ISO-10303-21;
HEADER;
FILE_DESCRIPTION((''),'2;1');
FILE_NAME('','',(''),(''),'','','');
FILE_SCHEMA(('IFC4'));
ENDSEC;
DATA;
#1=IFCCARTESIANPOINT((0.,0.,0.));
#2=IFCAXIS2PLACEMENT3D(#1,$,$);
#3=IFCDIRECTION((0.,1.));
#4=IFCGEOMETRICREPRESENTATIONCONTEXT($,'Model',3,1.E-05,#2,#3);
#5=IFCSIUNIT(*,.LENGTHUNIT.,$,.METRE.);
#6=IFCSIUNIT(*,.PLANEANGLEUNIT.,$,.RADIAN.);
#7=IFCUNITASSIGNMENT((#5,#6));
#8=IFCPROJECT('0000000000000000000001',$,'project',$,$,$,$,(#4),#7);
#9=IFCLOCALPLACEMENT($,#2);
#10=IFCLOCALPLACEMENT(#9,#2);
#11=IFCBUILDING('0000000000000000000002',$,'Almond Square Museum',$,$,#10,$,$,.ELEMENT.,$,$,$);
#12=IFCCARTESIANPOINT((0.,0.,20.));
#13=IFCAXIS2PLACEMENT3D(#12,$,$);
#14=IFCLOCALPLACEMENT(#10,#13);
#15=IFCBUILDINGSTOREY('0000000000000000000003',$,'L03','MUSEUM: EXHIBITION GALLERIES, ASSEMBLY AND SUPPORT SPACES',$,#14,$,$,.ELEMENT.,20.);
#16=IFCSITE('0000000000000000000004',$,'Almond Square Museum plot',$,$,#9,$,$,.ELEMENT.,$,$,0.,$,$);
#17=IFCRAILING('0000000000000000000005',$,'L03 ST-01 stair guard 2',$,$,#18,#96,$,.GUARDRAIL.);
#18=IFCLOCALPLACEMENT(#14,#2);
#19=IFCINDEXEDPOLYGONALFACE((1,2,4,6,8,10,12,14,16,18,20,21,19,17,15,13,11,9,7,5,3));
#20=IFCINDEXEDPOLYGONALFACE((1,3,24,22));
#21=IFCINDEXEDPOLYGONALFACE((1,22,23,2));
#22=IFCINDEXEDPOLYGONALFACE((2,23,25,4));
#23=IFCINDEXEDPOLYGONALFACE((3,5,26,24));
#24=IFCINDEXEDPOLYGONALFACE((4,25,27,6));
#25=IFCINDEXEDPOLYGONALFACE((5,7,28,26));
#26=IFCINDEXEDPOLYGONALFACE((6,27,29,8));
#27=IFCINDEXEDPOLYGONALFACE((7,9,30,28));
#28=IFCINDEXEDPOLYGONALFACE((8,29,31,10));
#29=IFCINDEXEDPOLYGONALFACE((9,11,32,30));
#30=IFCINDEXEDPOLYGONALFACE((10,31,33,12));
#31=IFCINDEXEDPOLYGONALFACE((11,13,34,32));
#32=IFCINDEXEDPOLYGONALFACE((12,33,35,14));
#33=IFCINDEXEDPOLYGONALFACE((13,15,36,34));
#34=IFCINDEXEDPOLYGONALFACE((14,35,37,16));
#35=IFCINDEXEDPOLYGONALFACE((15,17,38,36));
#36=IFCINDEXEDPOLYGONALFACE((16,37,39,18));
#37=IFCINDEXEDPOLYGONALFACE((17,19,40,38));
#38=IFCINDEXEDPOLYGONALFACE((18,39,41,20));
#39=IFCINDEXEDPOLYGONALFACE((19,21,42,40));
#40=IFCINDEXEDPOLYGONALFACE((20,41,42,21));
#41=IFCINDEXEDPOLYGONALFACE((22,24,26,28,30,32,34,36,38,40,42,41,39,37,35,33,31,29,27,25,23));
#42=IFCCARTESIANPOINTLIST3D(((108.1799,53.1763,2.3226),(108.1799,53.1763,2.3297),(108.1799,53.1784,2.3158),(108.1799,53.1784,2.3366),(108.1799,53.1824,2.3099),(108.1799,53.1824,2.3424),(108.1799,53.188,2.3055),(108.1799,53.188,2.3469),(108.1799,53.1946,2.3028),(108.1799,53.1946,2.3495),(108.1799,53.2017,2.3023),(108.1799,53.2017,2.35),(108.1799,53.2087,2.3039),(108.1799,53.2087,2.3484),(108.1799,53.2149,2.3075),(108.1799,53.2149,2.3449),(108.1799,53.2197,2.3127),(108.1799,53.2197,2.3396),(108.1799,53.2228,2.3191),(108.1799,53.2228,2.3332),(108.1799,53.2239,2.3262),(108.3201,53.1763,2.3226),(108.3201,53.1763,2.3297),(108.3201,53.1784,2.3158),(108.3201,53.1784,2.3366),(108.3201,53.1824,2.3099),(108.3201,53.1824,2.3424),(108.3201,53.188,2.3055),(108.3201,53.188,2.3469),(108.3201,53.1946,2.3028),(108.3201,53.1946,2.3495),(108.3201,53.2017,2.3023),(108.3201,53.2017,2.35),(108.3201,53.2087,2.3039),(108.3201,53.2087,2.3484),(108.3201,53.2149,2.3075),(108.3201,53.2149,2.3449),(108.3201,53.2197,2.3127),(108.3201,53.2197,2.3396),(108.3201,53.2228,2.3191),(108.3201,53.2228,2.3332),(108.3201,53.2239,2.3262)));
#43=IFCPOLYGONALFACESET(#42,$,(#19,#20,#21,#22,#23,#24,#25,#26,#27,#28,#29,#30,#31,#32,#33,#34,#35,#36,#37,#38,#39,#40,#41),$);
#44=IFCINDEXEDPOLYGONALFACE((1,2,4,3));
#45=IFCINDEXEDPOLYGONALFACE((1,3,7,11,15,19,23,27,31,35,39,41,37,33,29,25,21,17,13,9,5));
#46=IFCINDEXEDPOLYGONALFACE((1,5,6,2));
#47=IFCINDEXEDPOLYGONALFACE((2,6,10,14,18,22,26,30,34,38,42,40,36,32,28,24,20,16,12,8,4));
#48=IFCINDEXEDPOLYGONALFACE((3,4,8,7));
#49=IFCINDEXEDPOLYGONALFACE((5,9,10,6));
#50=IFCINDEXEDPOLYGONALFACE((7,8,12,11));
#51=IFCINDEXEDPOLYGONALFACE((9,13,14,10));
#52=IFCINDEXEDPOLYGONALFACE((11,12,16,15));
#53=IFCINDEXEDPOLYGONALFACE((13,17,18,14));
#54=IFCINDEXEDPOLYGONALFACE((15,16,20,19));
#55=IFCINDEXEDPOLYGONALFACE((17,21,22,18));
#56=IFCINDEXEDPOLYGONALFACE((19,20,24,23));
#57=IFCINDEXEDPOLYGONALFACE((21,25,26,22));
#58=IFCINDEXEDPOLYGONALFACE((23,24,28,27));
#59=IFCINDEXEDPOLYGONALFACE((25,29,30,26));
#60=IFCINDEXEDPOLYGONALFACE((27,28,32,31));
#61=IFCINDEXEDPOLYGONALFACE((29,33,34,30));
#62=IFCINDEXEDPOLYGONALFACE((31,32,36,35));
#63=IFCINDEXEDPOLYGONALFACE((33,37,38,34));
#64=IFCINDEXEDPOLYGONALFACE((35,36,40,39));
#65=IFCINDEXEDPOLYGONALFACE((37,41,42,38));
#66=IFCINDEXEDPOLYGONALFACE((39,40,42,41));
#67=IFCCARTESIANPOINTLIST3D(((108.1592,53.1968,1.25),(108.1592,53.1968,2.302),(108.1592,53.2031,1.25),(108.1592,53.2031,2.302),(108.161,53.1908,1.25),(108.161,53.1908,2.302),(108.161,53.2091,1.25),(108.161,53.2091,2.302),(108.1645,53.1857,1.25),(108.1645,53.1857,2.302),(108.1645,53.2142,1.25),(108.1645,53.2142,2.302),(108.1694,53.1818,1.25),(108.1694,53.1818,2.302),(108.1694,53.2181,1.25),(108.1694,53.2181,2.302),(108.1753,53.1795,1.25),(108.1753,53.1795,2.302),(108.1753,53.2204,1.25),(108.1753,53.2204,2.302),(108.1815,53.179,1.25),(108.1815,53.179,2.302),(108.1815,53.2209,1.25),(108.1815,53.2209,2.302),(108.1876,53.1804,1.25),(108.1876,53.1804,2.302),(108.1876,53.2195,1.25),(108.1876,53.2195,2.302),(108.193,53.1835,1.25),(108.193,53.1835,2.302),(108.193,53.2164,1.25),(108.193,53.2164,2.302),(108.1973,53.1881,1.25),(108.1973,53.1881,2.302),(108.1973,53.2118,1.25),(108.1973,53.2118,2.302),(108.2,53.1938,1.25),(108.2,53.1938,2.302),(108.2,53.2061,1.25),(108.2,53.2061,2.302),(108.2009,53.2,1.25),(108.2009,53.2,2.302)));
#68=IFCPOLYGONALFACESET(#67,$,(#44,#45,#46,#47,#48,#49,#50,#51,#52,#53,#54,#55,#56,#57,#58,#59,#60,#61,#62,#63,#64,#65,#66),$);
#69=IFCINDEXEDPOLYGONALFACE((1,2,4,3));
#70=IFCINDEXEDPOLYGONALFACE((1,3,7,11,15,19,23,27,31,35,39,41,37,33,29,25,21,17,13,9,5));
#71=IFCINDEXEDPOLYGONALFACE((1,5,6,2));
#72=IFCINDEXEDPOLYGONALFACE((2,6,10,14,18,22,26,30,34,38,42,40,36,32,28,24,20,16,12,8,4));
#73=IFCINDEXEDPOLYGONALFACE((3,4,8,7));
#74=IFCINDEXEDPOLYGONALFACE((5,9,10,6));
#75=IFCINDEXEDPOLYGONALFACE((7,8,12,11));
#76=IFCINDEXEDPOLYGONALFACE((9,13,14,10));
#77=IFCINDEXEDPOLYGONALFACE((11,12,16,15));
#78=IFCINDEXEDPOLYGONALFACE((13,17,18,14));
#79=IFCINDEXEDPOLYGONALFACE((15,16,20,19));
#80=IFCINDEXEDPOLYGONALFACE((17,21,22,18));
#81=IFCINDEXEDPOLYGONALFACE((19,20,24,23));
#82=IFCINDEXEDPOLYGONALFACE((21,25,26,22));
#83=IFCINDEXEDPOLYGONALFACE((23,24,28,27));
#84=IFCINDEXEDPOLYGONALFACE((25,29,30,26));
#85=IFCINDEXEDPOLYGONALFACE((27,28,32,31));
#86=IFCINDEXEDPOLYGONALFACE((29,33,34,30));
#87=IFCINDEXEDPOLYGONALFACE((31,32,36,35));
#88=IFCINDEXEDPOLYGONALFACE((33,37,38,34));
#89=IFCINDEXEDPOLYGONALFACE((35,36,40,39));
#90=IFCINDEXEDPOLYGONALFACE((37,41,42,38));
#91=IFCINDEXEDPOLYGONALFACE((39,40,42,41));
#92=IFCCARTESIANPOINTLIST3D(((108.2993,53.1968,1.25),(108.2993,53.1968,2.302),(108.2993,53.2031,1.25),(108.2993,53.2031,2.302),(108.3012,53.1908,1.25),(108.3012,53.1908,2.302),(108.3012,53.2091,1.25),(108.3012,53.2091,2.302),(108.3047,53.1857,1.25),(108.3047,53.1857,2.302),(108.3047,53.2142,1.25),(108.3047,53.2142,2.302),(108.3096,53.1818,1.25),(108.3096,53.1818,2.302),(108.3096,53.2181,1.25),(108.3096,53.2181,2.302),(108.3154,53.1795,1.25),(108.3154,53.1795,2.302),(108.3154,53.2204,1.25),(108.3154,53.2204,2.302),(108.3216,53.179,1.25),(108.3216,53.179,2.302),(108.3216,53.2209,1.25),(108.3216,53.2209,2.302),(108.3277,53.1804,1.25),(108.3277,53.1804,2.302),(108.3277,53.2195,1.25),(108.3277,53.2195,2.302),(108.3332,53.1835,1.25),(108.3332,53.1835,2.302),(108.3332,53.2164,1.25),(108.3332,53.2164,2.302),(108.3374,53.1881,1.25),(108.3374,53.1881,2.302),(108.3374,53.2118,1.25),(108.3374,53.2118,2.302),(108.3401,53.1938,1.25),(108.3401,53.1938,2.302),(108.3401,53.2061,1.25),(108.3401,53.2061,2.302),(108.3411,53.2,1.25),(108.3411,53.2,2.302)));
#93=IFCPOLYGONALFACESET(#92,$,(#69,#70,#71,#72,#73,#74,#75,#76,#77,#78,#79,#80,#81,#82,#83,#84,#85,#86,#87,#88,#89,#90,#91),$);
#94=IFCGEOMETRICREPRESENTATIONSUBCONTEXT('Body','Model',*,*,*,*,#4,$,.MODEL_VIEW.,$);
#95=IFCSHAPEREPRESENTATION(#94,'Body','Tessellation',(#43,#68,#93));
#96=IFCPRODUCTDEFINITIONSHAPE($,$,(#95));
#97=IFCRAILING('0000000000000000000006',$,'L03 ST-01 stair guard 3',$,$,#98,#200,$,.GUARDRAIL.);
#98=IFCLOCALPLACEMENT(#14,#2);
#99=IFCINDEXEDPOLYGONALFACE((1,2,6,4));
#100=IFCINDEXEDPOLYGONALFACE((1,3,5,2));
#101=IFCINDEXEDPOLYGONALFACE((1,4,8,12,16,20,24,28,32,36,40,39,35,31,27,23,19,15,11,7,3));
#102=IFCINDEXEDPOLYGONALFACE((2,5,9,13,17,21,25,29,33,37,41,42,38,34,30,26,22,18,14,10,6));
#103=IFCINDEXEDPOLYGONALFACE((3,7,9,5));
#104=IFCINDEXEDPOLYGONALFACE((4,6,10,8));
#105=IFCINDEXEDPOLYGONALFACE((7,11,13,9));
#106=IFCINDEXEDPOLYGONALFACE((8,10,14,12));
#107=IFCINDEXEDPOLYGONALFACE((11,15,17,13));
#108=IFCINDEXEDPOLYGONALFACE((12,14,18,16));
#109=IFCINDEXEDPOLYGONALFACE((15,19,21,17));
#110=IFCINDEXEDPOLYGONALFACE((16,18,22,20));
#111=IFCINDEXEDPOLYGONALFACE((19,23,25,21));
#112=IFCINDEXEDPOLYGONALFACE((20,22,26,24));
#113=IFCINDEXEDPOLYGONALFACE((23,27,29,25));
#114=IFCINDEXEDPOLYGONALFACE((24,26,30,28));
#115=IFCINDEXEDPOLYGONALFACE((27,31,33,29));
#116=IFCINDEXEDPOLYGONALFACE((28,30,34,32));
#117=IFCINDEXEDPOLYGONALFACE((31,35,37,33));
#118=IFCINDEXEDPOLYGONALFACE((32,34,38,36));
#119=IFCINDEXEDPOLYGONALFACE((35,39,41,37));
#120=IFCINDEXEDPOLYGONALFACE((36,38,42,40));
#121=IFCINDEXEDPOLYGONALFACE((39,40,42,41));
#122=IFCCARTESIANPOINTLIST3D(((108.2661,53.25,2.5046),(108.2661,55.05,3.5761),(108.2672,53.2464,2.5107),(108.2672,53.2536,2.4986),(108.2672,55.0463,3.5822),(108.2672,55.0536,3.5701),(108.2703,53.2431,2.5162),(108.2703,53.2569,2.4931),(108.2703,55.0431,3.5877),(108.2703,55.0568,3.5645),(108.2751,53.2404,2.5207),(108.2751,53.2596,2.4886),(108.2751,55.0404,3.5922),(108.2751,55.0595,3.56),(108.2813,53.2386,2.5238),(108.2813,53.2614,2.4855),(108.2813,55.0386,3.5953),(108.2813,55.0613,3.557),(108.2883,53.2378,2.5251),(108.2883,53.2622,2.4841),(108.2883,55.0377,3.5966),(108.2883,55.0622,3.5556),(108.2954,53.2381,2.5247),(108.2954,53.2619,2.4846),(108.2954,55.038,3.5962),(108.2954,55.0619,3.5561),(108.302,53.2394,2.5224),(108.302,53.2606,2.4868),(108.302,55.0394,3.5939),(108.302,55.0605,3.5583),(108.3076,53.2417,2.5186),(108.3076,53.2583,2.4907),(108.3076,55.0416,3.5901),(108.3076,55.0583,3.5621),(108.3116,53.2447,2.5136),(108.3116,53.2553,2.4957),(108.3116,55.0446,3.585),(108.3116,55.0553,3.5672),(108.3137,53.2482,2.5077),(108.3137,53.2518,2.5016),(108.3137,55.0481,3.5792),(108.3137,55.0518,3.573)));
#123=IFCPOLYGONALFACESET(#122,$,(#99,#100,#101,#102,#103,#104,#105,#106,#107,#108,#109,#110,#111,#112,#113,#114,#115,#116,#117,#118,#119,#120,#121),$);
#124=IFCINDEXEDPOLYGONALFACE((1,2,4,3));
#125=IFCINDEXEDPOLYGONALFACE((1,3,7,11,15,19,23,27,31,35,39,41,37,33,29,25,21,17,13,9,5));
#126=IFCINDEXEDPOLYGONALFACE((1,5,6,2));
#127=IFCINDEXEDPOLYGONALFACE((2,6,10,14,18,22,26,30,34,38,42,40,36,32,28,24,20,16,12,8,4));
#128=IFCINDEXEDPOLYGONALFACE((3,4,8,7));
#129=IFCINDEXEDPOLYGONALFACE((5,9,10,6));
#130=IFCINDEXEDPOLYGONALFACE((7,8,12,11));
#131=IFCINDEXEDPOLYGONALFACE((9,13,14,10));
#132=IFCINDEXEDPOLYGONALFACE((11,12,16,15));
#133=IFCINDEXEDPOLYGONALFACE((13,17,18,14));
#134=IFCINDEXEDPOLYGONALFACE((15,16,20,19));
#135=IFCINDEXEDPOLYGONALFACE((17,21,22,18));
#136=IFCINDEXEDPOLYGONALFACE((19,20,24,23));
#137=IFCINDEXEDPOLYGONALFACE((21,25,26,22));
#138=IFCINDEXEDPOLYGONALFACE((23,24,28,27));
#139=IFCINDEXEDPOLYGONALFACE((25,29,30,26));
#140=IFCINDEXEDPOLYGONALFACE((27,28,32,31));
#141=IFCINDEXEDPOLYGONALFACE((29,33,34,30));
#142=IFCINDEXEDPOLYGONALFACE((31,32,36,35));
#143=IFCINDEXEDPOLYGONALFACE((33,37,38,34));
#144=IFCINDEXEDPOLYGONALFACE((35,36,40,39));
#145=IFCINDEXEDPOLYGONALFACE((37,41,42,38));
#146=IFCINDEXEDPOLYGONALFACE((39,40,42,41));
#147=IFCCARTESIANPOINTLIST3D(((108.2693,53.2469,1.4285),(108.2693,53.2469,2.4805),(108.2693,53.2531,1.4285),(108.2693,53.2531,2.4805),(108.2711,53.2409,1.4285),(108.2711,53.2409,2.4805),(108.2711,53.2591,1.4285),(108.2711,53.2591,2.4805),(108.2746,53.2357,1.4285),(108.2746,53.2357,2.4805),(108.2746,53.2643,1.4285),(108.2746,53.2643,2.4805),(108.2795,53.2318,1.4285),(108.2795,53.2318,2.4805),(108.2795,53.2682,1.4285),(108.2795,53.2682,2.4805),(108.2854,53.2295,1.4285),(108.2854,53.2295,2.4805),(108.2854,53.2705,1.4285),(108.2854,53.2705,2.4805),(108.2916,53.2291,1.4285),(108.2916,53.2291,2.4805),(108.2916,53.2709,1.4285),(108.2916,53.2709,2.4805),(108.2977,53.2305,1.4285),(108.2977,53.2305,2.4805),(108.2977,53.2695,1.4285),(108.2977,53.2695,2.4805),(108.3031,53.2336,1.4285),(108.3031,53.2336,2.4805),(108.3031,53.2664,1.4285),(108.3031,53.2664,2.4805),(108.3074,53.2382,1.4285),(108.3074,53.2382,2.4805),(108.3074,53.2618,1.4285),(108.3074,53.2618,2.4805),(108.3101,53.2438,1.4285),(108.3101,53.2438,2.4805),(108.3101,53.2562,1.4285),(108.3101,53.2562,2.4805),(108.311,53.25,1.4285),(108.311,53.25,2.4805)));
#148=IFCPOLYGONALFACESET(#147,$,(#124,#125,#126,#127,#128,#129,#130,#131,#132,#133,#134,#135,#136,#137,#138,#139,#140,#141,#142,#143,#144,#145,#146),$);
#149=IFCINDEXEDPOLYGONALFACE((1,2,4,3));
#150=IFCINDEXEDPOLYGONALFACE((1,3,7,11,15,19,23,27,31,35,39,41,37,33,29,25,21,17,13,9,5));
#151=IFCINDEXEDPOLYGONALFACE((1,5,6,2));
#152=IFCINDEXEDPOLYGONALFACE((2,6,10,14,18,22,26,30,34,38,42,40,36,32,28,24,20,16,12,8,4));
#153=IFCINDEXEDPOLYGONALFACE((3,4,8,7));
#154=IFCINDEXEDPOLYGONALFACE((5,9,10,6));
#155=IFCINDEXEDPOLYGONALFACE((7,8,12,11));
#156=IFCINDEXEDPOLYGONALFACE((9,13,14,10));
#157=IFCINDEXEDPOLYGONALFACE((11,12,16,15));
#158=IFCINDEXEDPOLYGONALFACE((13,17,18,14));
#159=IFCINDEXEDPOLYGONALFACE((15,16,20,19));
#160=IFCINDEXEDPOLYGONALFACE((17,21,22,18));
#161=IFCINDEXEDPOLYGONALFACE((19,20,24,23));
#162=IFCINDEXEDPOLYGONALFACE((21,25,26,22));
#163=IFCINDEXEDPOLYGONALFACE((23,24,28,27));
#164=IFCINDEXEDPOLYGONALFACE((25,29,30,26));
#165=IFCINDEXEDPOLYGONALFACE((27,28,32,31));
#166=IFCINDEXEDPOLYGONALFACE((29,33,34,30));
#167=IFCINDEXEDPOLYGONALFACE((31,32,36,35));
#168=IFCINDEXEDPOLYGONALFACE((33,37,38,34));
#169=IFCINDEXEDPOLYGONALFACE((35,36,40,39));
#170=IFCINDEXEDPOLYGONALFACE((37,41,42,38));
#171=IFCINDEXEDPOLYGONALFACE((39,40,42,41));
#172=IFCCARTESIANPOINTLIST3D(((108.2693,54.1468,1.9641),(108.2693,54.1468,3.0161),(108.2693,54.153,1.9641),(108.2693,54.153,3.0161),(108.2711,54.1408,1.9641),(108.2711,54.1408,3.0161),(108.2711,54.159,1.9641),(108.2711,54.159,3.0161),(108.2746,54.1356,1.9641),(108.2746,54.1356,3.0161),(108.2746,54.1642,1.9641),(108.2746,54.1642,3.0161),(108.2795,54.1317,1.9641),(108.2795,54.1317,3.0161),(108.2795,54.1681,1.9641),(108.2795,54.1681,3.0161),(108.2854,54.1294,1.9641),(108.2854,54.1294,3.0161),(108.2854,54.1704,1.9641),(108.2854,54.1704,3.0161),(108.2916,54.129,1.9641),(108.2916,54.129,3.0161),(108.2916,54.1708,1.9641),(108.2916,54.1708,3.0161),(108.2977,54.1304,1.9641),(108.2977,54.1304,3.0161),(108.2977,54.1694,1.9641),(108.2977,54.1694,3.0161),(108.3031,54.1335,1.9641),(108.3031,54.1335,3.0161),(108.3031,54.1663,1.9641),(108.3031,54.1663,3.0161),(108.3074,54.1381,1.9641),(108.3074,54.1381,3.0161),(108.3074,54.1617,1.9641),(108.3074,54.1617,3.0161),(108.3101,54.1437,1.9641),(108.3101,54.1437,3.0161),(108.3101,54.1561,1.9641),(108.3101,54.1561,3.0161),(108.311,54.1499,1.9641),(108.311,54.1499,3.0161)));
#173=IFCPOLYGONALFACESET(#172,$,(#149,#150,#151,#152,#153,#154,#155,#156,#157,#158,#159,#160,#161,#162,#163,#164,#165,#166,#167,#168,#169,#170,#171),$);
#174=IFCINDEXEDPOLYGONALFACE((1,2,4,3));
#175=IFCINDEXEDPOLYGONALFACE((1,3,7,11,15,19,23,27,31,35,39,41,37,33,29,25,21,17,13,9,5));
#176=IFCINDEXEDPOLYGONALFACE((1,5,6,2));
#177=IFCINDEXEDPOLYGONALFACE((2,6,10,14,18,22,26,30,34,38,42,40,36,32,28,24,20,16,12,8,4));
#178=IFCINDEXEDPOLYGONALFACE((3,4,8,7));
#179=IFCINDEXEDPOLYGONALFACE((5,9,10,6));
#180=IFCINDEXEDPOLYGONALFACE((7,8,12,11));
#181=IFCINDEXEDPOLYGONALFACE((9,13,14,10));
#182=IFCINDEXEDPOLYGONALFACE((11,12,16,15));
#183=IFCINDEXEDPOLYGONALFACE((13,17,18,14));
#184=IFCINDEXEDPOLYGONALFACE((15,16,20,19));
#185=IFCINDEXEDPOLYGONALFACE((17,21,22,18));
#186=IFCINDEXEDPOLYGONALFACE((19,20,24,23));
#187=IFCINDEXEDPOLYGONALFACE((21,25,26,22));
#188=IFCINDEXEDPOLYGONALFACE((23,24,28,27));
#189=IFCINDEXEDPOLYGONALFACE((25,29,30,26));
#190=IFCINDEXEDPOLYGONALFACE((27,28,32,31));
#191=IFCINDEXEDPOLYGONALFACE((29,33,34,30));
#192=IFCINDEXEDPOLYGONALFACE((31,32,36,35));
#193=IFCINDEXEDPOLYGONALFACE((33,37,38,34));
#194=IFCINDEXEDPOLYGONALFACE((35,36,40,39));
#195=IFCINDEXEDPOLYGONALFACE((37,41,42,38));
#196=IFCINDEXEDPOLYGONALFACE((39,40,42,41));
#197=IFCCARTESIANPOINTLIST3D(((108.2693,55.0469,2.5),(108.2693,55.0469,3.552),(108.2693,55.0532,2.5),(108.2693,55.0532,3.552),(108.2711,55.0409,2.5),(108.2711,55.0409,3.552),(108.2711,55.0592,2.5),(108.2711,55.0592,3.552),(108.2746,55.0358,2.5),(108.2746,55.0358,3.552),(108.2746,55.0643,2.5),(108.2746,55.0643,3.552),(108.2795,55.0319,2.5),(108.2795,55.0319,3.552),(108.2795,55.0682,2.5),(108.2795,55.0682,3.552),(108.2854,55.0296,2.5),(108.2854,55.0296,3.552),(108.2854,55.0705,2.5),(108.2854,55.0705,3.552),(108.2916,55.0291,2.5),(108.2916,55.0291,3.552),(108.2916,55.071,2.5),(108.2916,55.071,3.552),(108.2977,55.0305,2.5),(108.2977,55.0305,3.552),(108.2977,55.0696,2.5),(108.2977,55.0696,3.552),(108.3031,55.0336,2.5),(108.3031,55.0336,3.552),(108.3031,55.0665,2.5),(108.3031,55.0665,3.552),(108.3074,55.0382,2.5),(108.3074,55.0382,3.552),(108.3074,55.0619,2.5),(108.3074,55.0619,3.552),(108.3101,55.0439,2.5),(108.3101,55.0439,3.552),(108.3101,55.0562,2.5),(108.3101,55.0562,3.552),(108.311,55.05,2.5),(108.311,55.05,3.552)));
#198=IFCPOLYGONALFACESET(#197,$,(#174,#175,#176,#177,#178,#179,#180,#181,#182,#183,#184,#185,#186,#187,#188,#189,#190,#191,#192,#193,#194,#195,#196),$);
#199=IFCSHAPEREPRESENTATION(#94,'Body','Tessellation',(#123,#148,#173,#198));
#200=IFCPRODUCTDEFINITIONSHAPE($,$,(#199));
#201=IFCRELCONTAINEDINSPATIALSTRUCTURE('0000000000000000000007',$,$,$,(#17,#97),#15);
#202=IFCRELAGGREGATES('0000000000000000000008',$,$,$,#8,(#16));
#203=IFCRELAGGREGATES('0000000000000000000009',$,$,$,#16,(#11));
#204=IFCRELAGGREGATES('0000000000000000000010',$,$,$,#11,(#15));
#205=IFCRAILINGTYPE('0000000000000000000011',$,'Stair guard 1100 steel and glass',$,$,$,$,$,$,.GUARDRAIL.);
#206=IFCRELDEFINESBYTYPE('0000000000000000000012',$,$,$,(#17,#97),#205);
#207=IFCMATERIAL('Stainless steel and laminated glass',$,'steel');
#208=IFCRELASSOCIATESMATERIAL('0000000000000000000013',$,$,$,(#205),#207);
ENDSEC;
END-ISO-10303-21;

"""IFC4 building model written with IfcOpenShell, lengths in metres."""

from ifc_helpers import new_model, si_unit, direction, frame, origin, origin_2d, place, context, subcontext, project, spatial, circle, extrude, material, type_object, element, save


model = new_model("IFC4")

# Units and contexts
model_context = context("Model", 3, precision=1e-05, world=origin(), true_north=direction((0.0, 1.0)))
body_context = subcontext(model_context, "Body", "Model", "MODEL_VIEW")
ifc_project = project(units=[si_unit("LENGTHUNIT", "METRE"), si_unit("PLANEANGLEUNIT", "RADIAN")], contexts=[model_context])

# Site, building, storey
site_placement = place(None, origin())
site = spatial("IfcSite", under=ifc_project, at=site_placement, Name="Almond Square Museum plot", CompositionType="ELEMENT", RefElevation=0.0)
building_placement = place(site_placement, origin())
building = spatial("IfcBuilding", under=site, at=building_placement, Name="Almond Square Museum", CompositionType="ELEMENT")
storey_placement = place(building_placement, frame((0.0, 0.0, 20.0)))
storey = spatial("IfcBuildingStorey", under=building, at=storey_placement, Name="L03", Description="MUSEUM: EXHIBITION GALLERIES, ASSEMBLY AND SUPPORT SPACES", CompositionType="ELEMENT", Elevation=20.0)

# Railings
ifc_material_1 = material(Name="Stainless steel and laminated glass", Category="steel")
railing_type_1 = type_object("IfcRailingType", Name="Stair guard 1100 steel and glass", PredefinedType="GUARDRAIL", material=ifc_material_1)
railing_1_placement = place(storey_placement, frame((108.1799, 53.2, 1.25)))
element("IfcRailing", 1, at=railing_1_placement, inside=storey, type_object=railing_type_1, Name="L03 ST-01 stair guard 2", PredefinedType="GUARDRAIL", context=body_context, shape_type="SweptSolid", body=[
    extrude(circle(Radius=0.0239, at=origin_2d()), frame((0.0, 0.0, 1.0762), z_axis=(1.0, 0.0, 0.0), x_axis=(0.0, 1.0, 0.0)), (0.0, 0.0, 1.0), 0.1401),
    extrude(circle(Radius=0.021, at=origin_2d()), origin(), (0.0, 0.0, 1.0), 1.052),
    extrude(circle(Radius=0.021, at=origin_2d()), frame((0.1401, 0.0, 0.0)), (0.0, 0.0, 1.0), 1.052),
])
railing_2_placement = place(storey_placement, frame((108.29, 53.25, 1.4285)))
element("IfcRailing", 2, at=railing_2_placement, inside=storey, type_object=railing_type_1, Name="L03 ST-01 stair guard 3", PredefinedType="GUARDRAIL", context=body_context, shape_type="SweptSolid", body=[
    extrude(circle(Radius=0.0239, at=origin_2d()), frame((0.0, 0.0, 1.0762), z_axis=(0.0, 0.859277, 0.51151), x_axis=(-1.0, 0.0, 0.0)), (0.0, 0.0, 1.0), 2.0947),
    extrude(circle(Radius=0.021, at=origin_2d()), origin(), (0.0, 0.0, 1.0), 1.052),
    extrude(circle(Radius=0.021, at=origin_2d()), frame((0.0, 0.8999, 0.5356)), (0.0, 0.0, 1.0), 1.052),
    extrude(circle(Radius=0.021, at=origin_2d()), frame((0.0, 1.8, 1.0715)), (0.0, 0.0, 1.0), 1.052),
])

save(model, "model.ifc")
